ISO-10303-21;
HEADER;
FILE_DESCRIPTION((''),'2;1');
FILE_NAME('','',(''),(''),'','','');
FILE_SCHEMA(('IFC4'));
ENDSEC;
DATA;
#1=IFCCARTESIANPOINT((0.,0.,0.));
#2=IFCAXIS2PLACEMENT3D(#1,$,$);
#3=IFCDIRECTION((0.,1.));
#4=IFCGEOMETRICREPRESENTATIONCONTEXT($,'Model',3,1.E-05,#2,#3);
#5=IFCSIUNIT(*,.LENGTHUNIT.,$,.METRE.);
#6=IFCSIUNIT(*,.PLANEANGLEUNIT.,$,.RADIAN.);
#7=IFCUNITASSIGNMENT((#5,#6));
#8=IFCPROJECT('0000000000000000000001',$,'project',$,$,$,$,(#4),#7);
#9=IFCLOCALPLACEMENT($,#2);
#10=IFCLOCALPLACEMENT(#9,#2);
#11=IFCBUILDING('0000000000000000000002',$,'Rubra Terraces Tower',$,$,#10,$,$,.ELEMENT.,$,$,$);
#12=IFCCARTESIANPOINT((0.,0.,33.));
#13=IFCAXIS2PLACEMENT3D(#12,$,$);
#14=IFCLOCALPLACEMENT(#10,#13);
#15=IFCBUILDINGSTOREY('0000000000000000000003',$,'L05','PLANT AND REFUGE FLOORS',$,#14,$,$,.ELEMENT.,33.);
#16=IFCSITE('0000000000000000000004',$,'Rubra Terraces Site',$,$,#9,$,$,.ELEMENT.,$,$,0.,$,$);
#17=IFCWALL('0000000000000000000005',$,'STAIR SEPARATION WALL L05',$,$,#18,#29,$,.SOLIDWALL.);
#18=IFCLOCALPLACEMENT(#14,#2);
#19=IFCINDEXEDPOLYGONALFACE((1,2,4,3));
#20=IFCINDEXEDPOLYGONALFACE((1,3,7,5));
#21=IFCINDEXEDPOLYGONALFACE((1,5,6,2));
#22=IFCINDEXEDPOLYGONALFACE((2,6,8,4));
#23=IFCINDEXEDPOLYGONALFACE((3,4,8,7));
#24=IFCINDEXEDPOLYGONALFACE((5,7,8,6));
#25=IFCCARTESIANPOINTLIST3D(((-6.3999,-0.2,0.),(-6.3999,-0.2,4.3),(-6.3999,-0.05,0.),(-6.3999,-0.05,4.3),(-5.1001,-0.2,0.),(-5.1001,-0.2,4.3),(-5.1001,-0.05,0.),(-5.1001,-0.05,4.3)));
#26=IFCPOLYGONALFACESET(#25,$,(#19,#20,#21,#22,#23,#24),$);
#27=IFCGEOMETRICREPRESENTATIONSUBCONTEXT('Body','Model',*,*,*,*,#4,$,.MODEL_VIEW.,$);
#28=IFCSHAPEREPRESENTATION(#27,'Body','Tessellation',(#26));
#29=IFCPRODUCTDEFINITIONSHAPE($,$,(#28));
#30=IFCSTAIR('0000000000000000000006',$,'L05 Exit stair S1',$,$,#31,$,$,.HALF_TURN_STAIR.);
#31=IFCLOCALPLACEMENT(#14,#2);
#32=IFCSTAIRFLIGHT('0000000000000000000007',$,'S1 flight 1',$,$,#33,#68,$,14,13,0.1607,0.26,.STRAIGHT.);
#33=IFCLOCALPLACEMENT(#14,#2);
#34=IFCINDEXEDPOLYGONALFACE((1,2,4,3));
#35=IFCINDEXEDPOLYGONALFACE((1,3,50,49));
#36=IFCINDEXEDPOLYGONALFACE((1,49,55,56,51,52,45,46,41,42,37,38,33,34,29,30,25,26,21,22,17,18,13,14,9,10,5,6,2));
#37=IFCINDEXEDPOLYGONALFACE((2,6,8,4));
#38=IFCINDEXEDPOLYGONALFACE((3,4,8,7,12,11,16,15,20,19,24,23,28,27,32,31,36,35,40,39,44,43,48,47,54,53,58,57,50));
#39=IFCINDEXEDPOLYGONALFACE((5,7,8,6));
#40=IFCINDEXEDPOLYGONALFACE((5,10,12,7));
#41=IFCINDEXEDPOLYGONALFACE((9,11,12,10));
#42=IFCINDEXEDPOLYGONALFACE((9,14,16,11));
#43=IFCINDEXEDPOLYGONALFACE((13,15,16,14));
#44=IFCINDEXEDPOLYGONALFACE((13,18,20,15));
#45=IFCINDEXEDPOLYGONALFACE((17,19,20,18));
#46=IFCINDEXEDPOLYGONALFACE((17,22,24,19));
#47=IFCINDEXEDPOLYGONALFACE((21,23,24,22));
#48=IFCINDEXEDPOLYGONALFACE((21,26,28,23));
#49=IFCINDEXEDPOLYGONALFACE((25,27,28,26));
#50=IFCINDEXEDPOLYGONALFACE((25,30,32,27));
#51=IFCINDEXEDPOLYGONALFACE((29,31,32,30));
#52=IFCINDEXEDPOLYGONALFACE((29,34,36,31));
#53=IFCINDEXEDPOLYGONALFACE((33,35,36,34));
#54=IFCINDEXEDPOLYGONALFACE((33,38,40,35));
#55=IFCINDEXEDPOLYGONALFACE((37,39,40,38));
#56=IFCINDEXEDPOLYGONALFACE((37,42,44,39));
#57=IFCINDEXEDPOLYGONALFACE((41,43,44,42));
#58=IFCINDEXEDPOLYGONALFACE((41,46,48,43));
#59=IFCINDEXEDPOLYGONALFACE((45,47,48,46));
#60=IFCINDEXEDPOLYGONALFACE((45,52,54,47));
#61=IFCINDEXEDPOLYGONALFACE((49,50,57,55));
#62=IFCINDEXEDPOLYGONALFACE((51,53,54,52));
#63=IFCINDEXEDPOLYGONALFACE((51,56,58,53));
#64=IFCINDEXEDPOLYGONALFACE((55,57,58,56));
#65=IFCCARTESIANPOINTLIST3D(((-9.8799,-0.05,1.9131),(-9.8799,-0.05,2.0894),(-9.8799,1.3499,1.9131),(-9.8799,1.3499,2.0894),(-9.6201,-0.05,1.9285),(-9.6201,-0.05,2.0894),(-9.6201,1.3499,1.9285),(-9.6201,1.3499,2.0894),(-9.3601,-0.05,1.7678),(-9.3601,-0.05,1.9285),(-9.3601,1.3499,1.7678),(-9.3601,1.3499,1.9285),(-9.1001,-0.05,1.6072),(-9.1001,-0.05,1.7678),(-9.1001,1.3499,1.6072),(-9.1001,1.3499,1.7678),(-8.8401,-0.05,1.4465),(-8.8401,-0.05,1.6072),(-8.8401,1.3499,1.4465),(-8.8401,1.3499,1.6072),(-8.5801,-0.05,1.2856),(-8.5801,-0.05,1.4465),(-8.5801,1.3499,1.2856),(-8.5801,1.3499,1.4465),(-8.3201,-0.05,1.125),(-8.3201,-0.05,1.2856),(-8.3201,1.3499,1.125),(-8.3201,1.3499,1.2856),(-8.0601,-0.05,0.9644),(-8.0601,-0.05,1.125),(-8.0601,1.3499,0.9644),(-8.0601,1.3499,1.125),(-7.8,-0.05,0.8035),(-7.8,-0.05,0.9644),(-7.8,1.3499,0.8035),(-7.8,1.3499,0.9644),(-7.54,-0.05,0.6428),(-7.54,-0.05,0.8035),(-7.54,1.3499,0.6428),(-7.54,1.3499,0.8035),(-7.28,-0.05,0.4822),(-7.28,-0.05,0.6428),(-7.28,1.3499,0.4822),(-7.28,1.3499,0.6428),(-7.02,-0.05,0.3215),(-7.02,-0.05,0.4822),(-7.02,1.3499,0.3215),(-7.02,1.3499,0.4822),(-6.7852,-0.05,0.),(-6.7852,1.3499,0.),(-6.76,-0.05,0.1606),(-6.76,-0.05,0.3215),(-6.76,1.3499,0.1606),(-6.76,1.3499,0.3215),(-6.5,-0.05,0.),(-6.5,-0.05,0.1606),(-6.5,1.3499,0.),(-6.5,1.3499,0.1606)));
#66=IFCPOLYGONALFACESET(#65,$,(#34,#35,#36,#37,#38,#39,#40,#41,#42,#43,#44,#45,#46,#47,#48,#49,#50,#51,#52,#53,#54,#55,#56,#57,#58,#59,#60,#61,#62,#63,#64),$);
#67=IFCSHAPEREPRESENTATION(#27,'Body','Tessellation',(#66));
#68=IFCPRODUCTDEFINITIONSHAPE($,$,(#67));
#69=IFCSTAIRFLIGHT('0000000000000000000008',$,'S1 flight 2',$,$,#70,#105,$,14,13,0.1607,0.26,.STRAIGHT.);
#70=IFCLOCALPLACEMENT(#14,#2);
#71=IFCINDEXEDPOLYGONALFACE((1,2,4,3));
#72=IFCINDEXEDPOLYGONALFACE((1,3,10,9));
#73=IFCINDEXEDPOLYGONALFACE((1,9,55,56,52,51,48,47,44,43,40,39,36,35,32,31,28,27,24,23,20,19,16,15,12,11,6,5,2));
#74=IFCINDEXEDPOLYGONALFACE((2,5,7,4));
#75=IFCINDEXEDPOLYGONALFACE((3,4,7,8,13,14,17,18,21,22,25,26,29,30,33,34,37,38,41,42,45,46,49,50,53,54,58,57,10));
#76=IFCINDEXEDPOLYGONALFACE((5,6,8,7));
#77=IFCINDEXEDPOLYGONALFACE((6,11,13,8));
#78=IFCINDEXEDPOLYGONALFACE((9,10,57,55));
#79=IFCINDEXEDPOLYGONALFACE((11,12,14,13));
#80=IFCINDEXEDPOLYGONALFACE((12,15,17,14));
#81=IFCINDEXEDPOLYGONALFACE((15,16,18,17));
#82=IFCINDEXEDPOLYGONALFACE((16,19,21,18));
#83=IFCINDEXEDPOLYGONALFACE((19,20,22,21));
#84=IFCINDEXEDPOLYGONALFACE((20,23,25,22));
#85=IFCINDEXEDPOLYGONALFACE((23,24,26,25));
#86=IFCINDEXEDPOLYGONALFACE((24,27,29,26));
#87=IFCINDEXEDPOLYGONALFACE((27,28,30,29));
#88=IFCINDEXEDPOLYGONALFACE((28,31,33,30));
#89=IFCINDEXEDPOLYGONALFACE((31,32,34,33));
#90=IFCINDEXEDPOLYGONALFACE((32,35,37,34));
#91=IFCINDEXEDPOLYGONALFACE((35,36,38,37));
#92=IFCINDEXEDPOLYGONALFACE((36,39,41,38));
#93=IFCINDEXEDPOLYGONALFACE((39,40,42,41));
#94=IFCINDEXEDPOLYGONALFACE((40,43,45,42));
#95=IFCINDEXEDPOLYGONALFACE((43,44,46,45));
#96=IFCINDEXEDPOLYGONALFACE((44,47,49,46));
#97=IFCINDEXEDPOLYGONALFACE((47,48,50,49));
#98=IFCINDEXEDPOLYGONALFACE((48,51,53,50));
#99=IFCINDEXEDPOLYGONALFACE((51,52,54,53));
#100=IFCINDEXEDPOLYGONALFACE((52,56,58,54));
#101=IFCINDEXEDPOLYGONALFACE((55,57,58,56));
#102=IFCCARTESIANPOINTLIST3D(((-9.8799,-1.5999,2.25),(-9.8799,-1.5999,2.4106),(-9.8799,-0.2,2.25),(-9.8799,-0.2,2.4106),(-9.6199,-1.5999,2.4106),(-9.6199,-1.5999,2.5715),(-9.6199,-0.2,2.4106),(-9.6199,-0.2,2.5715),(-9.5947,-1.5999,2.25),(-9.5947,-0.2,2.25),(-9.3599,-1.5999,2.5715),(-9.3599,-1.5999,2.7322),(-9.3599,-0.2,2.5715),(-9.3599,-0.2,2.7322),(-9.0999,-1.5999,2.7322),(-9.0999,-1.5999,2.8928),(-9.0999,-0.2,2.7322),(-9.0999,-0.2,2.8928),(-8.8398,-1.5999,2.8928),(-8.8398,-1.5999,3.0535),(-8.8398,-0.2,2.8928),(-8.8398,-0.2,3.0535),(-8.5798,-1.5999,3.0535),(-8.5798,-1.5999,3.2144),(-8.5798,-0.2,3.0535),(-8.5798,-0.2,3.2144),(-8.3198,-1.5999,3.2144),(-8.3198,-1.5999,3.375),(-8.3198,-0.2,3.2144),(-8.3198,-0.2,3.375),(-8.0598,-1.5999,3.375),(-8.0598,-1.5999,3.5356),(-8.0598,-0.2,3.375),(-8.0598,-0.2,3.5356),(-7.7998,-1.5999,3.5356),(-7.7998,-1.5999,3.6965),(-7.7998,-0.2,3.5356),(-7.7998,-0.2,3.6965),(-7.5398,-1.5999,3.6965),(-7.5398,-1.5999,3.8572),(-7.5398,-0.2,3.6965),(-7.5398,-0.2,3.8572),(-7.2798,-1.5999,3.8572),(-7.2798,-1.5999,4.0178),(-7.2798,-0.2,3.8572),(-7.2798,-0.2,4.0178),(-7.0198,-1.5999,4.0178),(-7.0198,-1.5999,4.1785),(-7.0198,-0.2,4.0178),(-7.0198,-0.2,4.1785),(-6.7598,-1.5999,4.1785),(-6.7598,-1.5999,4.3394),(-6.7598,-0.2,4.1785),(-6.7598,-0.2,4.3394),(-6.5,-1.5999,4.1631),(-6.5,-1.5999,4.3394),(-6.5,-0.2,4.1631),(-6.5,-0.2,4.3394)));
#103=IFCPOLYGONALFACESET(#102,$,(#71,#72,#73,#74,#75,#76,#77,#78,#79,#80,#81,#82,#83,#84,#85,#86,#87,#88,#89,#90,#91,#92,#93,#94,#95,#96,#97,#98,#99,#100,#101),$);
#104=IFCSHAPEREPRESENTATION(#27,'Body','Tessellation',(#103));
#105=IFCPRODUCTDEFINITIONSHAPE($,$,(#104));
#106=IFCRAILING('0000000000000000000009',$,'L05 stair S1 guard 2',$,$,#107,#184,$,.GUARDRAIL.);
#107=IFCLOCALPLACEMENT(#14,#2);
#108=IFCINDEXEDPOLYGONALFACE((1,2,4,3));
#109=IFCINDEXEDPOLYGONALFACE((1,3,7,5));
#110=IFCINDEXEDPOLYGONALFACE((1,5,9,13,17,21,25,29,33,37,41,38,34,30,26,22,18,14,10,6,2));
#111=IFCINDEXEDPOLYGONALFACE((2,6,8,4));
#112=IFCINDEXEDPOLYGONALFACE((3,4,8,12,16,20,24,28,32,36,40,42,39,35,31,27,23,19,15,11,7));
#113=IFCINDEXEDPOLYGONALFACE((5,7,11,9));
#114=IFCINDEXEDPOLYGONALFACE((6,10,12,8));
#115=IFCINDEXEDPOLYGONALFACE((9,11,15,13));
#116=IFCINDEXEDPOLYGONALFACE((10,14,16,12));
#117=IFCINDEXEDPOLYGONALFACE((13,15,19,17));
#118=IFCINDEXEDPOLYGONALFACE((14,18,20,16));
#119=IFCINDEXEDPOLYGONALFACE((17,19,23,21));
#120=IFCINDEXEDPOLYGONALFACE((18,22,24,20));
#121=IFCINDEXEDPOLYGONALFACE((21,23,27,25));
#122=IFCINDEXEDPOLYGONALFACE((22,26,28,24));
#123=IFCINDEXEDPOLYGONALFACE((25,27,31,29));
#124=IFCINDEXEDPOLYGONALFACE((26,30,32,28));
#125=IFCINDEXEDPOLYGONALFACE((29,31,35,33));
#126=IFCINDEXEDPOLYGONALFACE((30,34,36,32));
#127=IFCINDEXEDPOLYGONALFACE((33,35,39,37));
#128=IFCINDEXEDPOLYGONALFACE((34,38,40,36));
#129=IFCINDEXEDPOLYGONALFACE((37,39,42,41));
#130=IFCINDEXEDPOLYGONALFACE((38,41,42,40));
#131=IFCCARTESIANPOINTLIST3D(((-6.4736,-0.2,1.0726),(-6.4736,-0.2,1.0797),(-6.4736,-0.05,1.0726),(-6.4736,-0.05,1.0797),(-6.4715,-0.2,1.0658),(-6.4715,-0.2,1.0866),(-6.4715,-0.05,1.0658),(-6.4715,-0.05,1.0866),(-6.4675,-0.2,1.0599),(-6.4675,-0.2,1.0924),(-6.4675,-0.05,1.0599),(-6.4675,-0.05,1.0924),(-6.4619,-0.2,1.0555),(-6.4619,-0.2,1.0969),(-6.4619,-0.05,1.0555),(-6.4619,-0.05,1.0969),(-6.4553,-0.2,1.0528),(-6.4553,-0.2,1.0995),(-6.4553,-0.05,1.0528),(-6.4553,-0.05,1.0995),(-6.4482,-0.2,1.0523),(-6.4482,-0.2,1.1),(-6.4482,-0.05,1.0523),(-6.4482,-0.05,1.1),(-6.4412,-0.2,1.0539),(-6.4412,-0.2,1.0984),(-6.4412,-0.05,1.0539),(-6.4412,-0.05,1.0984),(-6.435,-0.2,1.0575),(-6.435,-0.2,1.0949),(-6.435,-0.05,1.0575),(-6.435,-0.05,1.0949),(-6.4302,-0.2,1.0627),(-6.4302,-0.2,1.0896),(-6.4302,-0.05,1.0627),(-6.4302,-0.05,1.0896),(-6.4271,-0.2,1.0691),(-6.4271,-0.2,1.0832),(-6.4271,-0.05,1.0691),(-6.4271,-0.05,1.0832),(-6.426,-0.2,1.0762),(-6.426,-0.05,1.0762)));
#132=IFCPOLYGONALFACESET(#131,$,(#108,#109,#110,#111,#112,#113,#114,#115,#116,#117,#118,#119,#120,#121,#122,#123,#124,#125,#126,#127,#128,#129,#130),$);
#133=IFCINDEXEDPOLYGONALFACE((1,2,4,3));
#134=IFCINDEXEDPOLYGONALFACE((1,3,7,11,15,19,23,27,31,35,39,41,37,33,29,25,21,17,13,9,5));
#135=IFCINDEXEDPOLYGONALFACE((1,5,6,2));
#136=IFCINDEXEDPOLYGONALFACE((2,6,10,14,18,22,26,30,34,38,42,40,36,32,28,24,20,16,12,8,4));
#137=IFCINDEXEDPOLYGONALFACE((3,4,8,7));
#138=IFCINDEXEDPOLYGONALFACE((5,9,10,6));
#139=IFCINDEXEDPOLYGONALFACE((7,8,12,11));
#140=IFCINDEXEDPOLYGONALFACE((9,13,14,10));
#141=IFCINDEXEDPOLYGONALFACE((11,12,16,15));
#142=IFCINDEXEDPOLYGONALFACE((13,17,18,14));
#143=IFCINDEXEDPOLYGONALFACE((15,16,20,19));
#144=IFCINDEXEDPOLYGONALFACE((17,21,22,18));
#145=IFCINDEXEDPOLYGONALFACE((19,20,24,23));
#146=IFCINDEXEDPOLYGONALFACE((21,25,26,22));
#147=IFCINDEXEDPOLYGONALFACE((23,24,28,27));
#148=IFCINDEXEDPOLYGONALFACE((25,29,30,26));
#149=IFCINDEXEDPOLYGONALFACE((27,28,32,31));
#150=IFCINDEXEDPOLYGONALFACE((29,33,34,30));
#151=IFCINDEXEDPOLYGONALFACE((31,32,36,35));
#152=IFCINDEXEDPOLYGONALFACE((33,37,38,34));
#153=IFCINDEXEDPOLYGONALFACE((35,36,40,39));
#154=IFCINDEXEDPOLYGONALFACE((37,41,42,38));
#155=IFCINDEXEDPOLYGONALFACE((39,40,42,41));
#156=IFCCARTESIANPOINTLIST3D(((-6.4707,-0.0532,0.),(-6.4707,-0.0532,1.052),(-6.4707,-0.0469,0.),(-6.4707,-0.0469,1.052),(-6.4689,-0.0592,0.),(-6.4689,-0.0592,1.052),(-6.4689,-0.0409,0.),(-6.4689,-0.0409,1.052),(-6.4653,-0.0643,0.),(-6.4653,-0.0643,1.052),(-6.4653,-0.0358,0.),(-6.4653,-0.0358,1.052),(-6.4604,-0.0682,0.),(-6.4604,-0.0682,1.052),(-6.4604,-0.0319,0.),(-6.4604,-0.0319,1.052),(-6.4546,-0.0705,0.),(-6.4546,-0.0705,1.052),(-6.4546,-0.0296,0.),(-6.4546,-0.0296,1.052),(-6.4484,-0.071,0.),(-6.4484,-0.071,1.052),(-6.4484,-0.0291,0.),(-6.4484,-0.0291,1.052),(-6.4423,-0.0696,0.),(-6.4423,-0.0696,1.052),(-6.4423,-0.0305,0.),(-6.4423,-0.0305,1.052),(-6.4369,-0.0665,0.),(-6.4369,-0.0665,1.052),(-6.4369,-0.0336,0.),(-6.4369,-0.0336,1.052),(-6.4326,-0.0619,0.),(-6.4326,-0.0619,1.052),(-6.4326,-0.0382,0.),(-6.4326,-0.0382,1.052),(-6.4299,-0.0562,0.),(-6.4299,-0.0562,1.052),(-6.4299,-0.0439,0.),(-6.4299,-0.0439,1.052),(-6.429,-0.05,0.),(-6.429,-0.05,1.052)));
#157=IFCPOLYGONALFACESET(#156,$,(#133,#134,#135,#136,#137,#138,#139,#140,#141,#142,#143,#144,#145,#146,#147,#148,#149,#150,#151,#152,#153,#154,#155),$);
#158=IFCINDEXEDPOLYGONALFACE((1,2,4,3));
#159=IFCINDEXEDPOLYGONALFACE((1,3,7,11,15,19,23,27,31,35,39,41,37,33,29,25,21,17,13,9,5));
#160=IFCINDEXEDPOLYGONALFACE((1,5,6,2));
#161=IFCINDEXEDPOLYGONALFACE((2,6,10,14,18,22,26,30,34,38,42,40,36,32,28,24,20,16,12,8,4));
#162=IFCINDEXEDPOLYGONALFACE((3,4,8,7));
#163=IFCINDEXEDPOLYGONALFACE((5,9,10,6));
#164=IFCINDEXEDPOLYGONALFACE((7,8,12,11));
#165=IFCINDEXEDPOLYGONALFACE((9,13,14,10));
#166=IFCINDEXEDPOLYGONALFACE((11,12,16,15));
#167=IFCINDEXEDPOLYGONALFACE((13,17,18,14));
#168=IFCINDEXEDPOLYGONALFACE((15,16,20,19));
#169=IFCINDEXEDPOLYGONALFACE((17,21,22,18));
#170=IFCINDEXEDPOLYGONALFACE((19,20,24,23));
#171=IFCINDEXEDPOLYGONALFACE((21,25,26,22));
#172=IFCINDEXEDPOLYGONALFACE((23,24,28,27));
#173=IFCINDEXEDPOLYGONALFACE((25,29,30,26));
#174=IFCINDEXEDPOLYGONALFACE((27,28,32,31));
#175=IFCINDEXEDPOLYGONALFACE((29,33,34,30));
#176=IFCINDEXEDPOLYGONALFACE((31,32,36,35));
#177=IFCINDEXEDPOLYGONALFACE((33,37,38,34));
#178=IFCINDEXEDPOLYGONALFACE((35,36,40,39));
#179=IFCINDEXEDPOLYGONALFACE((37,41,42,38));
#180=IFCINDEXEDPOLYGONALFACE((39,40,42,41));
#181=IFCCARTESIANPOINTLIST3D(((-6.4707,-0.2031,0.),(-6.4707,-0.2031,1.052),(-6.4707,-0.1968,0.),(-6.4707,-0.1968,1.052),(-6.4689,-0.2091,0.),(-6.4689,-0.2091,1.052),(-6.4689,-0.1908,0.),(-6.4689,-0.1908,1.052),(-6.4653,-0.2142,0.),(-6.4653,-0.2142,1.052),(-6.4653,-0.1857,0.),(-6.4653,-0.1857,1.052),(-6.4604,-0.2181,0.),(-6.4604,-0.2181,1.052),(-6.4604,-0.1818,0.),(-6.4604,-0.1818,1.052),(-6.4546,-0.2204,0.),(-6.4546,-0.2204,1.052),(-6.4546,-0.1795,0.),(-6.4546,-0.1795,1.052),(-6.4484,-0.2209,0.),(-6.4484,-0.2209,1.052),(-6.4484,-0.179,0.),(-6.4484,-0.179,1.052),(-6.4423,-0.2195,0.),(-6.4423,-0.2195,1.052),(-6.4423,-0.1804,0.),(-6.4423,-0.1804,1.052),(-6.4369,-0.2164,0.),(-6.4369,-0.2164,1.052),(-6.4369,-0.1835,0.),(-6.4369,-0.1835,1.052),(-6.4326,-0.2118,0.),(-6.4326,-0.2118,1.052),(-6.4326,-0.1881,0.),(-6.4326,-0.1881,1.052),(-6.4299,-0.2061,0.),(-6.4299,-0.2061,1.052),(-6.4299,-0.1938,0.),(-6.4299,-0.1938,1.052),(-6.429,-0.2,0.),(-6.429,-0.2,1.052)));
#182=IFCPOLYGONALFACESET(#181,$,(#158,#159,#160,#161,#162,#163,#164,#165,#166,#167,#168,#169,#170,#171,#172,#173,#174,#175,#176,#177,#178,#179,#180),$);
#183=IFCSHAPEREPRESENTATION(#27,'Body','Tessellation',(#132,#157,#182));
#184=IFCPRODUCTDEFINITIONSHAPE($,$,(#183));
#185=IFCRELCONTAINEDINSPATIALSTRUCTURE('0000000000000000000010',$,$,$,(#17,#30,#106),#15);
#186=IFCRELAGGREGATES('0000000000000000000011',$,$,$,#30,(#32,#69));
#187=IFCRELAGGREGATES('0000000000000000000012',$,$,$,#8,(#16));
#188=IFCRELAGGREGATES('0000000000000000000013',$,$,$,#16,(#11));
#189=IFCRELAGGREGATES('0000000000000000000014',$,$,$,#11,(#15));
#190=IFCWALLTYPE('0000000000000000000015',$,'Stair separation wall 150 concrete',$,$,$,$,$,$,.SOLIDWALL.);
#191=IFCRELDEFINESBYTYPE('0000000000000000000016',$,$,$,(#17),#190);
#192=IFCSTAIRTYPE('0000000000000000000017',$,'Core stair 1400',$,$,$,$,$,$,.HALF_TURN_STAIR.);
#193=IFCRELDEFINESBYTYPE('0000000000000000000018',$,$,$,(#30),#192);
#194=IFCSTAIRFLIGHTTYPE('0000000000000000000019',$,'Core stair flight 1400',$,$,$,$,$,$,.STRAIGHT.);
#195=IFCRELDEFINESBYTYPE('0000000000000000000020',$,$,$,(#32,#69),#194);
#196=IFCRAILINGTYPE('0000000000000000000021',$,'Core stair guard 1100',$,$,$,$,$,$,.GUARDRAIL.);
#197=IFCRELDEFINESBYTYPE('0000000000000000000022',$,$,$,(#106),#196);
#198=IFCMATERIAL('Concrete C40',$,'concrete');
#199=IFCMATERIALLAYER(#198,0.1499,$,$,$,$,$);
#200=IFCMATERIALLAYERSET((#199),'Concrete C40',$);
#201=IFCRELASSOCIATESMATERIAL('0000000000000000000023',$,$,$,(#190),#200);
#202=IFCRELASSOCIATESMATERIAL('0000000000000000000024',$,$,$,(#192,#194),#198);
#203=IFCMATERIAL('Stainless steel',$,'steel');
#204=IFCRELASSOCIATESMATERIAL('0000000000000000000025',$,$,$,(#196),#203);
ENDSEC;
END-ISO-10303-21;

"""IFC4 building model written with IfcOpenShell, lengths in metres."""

from ifc_helpers import new_model, si_unit, direction, frame, frame_2d, origin, origin_2d, place, context, subcontext, project, spatial, polyline, rectangle, circle, outline, extrude, material, layer, layer_set, type_object, element, aggregate, save


model = new_model("IFC4")

# Units and contexts
model_context = context("Model", 3, precision=1e-05, world=origin(), true_north=direction((0.0, 1.0)))
body_context = subcontext(model_context, "Body", "Model", "MODEL_VIEW")
ifc_project = project(units=[si_unit("LENGTHUNIT", "METRE"), si_unit("PLANEANGLEUNIT", "RADIAN")], contexts=[model_context])

# Site, building, storey
site_placement = place(None, origin())
site = spatial("IfcSite", under=ifc_project, at=site_placement, Name="Rubra Terraces Site", CompositionType="ELEMENT", RefElevation=0.0)
building_placement = place(site_placement, origin())
building = spatial("IfcBuilding", under=site, at=building_placement, Name="Rubra Terraces Tower", CompositionType="ELEMENT")
storey_placement = place(building_placement, frame((0.0, 0.0, 33.0)))
storey = spatial("IfcBuildingStorey", under=building, at=storey_placement, Name="L05", Description="PLANT AND REFUGE FLOORS", CompositionType="ELEMENT", Elevation=33.0)

# Shared definitions
ifc_material_1 = material(Name="Concrete C40", Category="concrete")

# Wall
ifc_layer_1 = layer(ifc_material_1, 0.1499)
ifc_layer_set_1 = layer_set([ifc_layer_1], Name="Concrete C40")
wall_type_1 = type_object("IfcWallType", Name="Stair separation wall 150 concrete", PredefinedType="SOLIDWALL", material=ifc_layer_set_1)
wall_1_placement = place(storey_placement, frame((-6.3999, -0.125, 0.0), z_axis=(0.0, 0.0, 1.0), x_axis=(1.0, 0.0, 0.0)))
element("IfcWall", 1, at=wall_1_placement, inside=storey, type_object=wall_type_1, Name="STAIR SEPARATION WALL L05", PredefinedType="SOLIDWALL", context=body_context, shape_type="SweptSolid", body=[
    extrude(rectangle(XDim=1.2998, YDim=0.1499, at=frame_2d((0.6499, 0.0))), origin(), (0.0, 0.0, 1.0), 4.3),
])

# Stair, stair flights
stair_type = type_object("IfcStairType", Name="Core stair 1400", PredefinedType="HALF_TURN_STAIR", material=ifc_material_1)
stair_placement = place(storey_placement, origin())
stair = element("IfcStair", 2, at=stair_placement, inside=storey, type_object=stair_type, Name="L05 Exit stair S1", PredefinedType="HALF_TURN_STAIR")
stair_flight_type = type_object("IfcStairFlightType", Name="Core stair flight 1400", PredefinedType="STRAIGHT", material=ifc_material_1)
stair_flight_1_placement = place(storey_placement, frame((-6.5, 0.6499, 0.0), z_axis=(0.0, 0.0, 1.0), x_axis=(-1.0, 0.0, 0.0)))
stair_flight_1 = element("IfcStairFlight", 3, at=stair_flight_1_placement, type_object=stair_flight_type, Name="S1 flight 1", NumberOfRisers=14, NumberOfTreads=13, PredefinedType="STRAIGHT", RiserHeight=0.1607, TreadLength=0.26, context=body_context, shape_type="SweptSolid", body=[
    extrude(outline(polyline([(0.0, 0.0), (0.0, 0.1606), (0.26, 0.1606), (0.26, 0.3215), (0.52, 0.3215), (0.52, 0.4822), (0.78, 0.4822), (0.78, 0.6428), (1.04, 0.6428), (1.04, 0.8035), (1.3, 0.8035), (1.3, 0.9644), (1.5601, 0.9644), (1.5601, 1.125), (1.8201, 1.125), (1.8201, 1.2856), (2.0801, 1.2856), (2.0801, 1.4465), (2.3401, 1.4465), (2.3401, 1.6072), (2.6001, 1.6072), (2.6001, 1.7678), (2.8601, 1.7678), (2.8601, 1.9285), (3.1201, 1.9285), (3.1201, 2.0894), (3.3799, 2.0894), (3.3799, 2.25), (3.3799, 1.9131), (0.2852, 0.0), (0.0, 0.0)])), frame((0.0, 0.7, 0.0), z_axis=(0.0, -1.0, 0.0), x_axis=(1.0, 0.0, 0.0)), (0.0, 0.0, 1.0), 1.3999),
])
stair_flight_2_placement = place(storey_placement, frame((-9.8799, -0.8999, 2.25), z_axis=(0.0, 0.0, 1.0), x_axis=(1.0, 0.0, 0.0)))
stair_flight_2 = element("IfcStairFlight", 4, at=stair_flight_2_placement, type_object=stair_flight_type, Name="S1 flight 2", NumberOfRisers=14, NumberOfTreads=13, PredefinedType="STRAIGHT", RiserHeight=0.1607, TreadLength=0.26, context=body_context, shape_type="SweptSolid", body=[
    extrude(outline(polyline([(0.0, 0.0), (0.0, 0.1606), (0.26, 0.1606), (0.26, 0.3215), (0.52, 0.3215), (0.52, 0.4822), (0.78, 0.4822), (0.78, 0.6428), (1.04, 0.6428), (1.04, 0.8035), (1.3, 0.8035), (1.3, 0.9644), (1.5601, 0.9644), (1.5601, 1.125), (1.8201, 1.125), (1.8201, 1.2856), (2.0801, 1.2856), (2.0801, 1.4465), (2.3401, 1.4465), (2.3401, 1.6072), (2.6001, 1.6072), (2.6001, 1.7678), (2.8601, 1.7678), (2.8601, 1.9285), (3.1201, 1.9285), (3.1201, 2.0894), (3.3799, 2.0894), (3.3799, 2.25), (3.3799, 1.9131), (0.2852, 0.0), (0.0, 0.0)])), frame((0.0, 0.7, 0.0), z_axis=(0.0, -1.0, 0.0), x_axis=(1.0, 0.0, 0.0)), (0.0, 0.0, 1.0), 1.3999),
])
aggregate(stair, [stair_flight_1, stair_flight_2])

# Railing
ifc_material_2 = material(Name="Stainless steel", Category="steel")
railing_type_1 = type_object("IfcRailingType", Name="Core stair guard 1100", PredefinedType="GUARDRAIL", material=ifc_material_2)
railing_1_placement = place(storey_placement, frame((-6.45, -0.05, 0.0)))
element("IfcRailing", 5, at=railing_1_placement, inside=storey, type_object=railing_type_1, Name="L05 stair S1 guard 2", PredefinedType="GUARDRAIL", context=body_context, shape_type="SweptSolid", body=[
    extrude(circle(Radius=0.0239, at=origin_2d()), frame((0.0, 0.0, 1.0762), z_axis=(0.0, -1.0, 0.0), x_axis=(1.0, 0.0, 0.0)), (0.0, 0.0, 1.0), 0.1499),
    extrude(circle(Radius=0.021, at=origin_2d()), origin(), (0.0, 0.0, 1.0), 1.052),
    extrude(circle(Radius=0.021, at=origin_2d()), frame((0.0, -0.1499, 0.0)), (0.0, 0.0, 1.0), 1.052),
])

save(model, "model.ifc")
